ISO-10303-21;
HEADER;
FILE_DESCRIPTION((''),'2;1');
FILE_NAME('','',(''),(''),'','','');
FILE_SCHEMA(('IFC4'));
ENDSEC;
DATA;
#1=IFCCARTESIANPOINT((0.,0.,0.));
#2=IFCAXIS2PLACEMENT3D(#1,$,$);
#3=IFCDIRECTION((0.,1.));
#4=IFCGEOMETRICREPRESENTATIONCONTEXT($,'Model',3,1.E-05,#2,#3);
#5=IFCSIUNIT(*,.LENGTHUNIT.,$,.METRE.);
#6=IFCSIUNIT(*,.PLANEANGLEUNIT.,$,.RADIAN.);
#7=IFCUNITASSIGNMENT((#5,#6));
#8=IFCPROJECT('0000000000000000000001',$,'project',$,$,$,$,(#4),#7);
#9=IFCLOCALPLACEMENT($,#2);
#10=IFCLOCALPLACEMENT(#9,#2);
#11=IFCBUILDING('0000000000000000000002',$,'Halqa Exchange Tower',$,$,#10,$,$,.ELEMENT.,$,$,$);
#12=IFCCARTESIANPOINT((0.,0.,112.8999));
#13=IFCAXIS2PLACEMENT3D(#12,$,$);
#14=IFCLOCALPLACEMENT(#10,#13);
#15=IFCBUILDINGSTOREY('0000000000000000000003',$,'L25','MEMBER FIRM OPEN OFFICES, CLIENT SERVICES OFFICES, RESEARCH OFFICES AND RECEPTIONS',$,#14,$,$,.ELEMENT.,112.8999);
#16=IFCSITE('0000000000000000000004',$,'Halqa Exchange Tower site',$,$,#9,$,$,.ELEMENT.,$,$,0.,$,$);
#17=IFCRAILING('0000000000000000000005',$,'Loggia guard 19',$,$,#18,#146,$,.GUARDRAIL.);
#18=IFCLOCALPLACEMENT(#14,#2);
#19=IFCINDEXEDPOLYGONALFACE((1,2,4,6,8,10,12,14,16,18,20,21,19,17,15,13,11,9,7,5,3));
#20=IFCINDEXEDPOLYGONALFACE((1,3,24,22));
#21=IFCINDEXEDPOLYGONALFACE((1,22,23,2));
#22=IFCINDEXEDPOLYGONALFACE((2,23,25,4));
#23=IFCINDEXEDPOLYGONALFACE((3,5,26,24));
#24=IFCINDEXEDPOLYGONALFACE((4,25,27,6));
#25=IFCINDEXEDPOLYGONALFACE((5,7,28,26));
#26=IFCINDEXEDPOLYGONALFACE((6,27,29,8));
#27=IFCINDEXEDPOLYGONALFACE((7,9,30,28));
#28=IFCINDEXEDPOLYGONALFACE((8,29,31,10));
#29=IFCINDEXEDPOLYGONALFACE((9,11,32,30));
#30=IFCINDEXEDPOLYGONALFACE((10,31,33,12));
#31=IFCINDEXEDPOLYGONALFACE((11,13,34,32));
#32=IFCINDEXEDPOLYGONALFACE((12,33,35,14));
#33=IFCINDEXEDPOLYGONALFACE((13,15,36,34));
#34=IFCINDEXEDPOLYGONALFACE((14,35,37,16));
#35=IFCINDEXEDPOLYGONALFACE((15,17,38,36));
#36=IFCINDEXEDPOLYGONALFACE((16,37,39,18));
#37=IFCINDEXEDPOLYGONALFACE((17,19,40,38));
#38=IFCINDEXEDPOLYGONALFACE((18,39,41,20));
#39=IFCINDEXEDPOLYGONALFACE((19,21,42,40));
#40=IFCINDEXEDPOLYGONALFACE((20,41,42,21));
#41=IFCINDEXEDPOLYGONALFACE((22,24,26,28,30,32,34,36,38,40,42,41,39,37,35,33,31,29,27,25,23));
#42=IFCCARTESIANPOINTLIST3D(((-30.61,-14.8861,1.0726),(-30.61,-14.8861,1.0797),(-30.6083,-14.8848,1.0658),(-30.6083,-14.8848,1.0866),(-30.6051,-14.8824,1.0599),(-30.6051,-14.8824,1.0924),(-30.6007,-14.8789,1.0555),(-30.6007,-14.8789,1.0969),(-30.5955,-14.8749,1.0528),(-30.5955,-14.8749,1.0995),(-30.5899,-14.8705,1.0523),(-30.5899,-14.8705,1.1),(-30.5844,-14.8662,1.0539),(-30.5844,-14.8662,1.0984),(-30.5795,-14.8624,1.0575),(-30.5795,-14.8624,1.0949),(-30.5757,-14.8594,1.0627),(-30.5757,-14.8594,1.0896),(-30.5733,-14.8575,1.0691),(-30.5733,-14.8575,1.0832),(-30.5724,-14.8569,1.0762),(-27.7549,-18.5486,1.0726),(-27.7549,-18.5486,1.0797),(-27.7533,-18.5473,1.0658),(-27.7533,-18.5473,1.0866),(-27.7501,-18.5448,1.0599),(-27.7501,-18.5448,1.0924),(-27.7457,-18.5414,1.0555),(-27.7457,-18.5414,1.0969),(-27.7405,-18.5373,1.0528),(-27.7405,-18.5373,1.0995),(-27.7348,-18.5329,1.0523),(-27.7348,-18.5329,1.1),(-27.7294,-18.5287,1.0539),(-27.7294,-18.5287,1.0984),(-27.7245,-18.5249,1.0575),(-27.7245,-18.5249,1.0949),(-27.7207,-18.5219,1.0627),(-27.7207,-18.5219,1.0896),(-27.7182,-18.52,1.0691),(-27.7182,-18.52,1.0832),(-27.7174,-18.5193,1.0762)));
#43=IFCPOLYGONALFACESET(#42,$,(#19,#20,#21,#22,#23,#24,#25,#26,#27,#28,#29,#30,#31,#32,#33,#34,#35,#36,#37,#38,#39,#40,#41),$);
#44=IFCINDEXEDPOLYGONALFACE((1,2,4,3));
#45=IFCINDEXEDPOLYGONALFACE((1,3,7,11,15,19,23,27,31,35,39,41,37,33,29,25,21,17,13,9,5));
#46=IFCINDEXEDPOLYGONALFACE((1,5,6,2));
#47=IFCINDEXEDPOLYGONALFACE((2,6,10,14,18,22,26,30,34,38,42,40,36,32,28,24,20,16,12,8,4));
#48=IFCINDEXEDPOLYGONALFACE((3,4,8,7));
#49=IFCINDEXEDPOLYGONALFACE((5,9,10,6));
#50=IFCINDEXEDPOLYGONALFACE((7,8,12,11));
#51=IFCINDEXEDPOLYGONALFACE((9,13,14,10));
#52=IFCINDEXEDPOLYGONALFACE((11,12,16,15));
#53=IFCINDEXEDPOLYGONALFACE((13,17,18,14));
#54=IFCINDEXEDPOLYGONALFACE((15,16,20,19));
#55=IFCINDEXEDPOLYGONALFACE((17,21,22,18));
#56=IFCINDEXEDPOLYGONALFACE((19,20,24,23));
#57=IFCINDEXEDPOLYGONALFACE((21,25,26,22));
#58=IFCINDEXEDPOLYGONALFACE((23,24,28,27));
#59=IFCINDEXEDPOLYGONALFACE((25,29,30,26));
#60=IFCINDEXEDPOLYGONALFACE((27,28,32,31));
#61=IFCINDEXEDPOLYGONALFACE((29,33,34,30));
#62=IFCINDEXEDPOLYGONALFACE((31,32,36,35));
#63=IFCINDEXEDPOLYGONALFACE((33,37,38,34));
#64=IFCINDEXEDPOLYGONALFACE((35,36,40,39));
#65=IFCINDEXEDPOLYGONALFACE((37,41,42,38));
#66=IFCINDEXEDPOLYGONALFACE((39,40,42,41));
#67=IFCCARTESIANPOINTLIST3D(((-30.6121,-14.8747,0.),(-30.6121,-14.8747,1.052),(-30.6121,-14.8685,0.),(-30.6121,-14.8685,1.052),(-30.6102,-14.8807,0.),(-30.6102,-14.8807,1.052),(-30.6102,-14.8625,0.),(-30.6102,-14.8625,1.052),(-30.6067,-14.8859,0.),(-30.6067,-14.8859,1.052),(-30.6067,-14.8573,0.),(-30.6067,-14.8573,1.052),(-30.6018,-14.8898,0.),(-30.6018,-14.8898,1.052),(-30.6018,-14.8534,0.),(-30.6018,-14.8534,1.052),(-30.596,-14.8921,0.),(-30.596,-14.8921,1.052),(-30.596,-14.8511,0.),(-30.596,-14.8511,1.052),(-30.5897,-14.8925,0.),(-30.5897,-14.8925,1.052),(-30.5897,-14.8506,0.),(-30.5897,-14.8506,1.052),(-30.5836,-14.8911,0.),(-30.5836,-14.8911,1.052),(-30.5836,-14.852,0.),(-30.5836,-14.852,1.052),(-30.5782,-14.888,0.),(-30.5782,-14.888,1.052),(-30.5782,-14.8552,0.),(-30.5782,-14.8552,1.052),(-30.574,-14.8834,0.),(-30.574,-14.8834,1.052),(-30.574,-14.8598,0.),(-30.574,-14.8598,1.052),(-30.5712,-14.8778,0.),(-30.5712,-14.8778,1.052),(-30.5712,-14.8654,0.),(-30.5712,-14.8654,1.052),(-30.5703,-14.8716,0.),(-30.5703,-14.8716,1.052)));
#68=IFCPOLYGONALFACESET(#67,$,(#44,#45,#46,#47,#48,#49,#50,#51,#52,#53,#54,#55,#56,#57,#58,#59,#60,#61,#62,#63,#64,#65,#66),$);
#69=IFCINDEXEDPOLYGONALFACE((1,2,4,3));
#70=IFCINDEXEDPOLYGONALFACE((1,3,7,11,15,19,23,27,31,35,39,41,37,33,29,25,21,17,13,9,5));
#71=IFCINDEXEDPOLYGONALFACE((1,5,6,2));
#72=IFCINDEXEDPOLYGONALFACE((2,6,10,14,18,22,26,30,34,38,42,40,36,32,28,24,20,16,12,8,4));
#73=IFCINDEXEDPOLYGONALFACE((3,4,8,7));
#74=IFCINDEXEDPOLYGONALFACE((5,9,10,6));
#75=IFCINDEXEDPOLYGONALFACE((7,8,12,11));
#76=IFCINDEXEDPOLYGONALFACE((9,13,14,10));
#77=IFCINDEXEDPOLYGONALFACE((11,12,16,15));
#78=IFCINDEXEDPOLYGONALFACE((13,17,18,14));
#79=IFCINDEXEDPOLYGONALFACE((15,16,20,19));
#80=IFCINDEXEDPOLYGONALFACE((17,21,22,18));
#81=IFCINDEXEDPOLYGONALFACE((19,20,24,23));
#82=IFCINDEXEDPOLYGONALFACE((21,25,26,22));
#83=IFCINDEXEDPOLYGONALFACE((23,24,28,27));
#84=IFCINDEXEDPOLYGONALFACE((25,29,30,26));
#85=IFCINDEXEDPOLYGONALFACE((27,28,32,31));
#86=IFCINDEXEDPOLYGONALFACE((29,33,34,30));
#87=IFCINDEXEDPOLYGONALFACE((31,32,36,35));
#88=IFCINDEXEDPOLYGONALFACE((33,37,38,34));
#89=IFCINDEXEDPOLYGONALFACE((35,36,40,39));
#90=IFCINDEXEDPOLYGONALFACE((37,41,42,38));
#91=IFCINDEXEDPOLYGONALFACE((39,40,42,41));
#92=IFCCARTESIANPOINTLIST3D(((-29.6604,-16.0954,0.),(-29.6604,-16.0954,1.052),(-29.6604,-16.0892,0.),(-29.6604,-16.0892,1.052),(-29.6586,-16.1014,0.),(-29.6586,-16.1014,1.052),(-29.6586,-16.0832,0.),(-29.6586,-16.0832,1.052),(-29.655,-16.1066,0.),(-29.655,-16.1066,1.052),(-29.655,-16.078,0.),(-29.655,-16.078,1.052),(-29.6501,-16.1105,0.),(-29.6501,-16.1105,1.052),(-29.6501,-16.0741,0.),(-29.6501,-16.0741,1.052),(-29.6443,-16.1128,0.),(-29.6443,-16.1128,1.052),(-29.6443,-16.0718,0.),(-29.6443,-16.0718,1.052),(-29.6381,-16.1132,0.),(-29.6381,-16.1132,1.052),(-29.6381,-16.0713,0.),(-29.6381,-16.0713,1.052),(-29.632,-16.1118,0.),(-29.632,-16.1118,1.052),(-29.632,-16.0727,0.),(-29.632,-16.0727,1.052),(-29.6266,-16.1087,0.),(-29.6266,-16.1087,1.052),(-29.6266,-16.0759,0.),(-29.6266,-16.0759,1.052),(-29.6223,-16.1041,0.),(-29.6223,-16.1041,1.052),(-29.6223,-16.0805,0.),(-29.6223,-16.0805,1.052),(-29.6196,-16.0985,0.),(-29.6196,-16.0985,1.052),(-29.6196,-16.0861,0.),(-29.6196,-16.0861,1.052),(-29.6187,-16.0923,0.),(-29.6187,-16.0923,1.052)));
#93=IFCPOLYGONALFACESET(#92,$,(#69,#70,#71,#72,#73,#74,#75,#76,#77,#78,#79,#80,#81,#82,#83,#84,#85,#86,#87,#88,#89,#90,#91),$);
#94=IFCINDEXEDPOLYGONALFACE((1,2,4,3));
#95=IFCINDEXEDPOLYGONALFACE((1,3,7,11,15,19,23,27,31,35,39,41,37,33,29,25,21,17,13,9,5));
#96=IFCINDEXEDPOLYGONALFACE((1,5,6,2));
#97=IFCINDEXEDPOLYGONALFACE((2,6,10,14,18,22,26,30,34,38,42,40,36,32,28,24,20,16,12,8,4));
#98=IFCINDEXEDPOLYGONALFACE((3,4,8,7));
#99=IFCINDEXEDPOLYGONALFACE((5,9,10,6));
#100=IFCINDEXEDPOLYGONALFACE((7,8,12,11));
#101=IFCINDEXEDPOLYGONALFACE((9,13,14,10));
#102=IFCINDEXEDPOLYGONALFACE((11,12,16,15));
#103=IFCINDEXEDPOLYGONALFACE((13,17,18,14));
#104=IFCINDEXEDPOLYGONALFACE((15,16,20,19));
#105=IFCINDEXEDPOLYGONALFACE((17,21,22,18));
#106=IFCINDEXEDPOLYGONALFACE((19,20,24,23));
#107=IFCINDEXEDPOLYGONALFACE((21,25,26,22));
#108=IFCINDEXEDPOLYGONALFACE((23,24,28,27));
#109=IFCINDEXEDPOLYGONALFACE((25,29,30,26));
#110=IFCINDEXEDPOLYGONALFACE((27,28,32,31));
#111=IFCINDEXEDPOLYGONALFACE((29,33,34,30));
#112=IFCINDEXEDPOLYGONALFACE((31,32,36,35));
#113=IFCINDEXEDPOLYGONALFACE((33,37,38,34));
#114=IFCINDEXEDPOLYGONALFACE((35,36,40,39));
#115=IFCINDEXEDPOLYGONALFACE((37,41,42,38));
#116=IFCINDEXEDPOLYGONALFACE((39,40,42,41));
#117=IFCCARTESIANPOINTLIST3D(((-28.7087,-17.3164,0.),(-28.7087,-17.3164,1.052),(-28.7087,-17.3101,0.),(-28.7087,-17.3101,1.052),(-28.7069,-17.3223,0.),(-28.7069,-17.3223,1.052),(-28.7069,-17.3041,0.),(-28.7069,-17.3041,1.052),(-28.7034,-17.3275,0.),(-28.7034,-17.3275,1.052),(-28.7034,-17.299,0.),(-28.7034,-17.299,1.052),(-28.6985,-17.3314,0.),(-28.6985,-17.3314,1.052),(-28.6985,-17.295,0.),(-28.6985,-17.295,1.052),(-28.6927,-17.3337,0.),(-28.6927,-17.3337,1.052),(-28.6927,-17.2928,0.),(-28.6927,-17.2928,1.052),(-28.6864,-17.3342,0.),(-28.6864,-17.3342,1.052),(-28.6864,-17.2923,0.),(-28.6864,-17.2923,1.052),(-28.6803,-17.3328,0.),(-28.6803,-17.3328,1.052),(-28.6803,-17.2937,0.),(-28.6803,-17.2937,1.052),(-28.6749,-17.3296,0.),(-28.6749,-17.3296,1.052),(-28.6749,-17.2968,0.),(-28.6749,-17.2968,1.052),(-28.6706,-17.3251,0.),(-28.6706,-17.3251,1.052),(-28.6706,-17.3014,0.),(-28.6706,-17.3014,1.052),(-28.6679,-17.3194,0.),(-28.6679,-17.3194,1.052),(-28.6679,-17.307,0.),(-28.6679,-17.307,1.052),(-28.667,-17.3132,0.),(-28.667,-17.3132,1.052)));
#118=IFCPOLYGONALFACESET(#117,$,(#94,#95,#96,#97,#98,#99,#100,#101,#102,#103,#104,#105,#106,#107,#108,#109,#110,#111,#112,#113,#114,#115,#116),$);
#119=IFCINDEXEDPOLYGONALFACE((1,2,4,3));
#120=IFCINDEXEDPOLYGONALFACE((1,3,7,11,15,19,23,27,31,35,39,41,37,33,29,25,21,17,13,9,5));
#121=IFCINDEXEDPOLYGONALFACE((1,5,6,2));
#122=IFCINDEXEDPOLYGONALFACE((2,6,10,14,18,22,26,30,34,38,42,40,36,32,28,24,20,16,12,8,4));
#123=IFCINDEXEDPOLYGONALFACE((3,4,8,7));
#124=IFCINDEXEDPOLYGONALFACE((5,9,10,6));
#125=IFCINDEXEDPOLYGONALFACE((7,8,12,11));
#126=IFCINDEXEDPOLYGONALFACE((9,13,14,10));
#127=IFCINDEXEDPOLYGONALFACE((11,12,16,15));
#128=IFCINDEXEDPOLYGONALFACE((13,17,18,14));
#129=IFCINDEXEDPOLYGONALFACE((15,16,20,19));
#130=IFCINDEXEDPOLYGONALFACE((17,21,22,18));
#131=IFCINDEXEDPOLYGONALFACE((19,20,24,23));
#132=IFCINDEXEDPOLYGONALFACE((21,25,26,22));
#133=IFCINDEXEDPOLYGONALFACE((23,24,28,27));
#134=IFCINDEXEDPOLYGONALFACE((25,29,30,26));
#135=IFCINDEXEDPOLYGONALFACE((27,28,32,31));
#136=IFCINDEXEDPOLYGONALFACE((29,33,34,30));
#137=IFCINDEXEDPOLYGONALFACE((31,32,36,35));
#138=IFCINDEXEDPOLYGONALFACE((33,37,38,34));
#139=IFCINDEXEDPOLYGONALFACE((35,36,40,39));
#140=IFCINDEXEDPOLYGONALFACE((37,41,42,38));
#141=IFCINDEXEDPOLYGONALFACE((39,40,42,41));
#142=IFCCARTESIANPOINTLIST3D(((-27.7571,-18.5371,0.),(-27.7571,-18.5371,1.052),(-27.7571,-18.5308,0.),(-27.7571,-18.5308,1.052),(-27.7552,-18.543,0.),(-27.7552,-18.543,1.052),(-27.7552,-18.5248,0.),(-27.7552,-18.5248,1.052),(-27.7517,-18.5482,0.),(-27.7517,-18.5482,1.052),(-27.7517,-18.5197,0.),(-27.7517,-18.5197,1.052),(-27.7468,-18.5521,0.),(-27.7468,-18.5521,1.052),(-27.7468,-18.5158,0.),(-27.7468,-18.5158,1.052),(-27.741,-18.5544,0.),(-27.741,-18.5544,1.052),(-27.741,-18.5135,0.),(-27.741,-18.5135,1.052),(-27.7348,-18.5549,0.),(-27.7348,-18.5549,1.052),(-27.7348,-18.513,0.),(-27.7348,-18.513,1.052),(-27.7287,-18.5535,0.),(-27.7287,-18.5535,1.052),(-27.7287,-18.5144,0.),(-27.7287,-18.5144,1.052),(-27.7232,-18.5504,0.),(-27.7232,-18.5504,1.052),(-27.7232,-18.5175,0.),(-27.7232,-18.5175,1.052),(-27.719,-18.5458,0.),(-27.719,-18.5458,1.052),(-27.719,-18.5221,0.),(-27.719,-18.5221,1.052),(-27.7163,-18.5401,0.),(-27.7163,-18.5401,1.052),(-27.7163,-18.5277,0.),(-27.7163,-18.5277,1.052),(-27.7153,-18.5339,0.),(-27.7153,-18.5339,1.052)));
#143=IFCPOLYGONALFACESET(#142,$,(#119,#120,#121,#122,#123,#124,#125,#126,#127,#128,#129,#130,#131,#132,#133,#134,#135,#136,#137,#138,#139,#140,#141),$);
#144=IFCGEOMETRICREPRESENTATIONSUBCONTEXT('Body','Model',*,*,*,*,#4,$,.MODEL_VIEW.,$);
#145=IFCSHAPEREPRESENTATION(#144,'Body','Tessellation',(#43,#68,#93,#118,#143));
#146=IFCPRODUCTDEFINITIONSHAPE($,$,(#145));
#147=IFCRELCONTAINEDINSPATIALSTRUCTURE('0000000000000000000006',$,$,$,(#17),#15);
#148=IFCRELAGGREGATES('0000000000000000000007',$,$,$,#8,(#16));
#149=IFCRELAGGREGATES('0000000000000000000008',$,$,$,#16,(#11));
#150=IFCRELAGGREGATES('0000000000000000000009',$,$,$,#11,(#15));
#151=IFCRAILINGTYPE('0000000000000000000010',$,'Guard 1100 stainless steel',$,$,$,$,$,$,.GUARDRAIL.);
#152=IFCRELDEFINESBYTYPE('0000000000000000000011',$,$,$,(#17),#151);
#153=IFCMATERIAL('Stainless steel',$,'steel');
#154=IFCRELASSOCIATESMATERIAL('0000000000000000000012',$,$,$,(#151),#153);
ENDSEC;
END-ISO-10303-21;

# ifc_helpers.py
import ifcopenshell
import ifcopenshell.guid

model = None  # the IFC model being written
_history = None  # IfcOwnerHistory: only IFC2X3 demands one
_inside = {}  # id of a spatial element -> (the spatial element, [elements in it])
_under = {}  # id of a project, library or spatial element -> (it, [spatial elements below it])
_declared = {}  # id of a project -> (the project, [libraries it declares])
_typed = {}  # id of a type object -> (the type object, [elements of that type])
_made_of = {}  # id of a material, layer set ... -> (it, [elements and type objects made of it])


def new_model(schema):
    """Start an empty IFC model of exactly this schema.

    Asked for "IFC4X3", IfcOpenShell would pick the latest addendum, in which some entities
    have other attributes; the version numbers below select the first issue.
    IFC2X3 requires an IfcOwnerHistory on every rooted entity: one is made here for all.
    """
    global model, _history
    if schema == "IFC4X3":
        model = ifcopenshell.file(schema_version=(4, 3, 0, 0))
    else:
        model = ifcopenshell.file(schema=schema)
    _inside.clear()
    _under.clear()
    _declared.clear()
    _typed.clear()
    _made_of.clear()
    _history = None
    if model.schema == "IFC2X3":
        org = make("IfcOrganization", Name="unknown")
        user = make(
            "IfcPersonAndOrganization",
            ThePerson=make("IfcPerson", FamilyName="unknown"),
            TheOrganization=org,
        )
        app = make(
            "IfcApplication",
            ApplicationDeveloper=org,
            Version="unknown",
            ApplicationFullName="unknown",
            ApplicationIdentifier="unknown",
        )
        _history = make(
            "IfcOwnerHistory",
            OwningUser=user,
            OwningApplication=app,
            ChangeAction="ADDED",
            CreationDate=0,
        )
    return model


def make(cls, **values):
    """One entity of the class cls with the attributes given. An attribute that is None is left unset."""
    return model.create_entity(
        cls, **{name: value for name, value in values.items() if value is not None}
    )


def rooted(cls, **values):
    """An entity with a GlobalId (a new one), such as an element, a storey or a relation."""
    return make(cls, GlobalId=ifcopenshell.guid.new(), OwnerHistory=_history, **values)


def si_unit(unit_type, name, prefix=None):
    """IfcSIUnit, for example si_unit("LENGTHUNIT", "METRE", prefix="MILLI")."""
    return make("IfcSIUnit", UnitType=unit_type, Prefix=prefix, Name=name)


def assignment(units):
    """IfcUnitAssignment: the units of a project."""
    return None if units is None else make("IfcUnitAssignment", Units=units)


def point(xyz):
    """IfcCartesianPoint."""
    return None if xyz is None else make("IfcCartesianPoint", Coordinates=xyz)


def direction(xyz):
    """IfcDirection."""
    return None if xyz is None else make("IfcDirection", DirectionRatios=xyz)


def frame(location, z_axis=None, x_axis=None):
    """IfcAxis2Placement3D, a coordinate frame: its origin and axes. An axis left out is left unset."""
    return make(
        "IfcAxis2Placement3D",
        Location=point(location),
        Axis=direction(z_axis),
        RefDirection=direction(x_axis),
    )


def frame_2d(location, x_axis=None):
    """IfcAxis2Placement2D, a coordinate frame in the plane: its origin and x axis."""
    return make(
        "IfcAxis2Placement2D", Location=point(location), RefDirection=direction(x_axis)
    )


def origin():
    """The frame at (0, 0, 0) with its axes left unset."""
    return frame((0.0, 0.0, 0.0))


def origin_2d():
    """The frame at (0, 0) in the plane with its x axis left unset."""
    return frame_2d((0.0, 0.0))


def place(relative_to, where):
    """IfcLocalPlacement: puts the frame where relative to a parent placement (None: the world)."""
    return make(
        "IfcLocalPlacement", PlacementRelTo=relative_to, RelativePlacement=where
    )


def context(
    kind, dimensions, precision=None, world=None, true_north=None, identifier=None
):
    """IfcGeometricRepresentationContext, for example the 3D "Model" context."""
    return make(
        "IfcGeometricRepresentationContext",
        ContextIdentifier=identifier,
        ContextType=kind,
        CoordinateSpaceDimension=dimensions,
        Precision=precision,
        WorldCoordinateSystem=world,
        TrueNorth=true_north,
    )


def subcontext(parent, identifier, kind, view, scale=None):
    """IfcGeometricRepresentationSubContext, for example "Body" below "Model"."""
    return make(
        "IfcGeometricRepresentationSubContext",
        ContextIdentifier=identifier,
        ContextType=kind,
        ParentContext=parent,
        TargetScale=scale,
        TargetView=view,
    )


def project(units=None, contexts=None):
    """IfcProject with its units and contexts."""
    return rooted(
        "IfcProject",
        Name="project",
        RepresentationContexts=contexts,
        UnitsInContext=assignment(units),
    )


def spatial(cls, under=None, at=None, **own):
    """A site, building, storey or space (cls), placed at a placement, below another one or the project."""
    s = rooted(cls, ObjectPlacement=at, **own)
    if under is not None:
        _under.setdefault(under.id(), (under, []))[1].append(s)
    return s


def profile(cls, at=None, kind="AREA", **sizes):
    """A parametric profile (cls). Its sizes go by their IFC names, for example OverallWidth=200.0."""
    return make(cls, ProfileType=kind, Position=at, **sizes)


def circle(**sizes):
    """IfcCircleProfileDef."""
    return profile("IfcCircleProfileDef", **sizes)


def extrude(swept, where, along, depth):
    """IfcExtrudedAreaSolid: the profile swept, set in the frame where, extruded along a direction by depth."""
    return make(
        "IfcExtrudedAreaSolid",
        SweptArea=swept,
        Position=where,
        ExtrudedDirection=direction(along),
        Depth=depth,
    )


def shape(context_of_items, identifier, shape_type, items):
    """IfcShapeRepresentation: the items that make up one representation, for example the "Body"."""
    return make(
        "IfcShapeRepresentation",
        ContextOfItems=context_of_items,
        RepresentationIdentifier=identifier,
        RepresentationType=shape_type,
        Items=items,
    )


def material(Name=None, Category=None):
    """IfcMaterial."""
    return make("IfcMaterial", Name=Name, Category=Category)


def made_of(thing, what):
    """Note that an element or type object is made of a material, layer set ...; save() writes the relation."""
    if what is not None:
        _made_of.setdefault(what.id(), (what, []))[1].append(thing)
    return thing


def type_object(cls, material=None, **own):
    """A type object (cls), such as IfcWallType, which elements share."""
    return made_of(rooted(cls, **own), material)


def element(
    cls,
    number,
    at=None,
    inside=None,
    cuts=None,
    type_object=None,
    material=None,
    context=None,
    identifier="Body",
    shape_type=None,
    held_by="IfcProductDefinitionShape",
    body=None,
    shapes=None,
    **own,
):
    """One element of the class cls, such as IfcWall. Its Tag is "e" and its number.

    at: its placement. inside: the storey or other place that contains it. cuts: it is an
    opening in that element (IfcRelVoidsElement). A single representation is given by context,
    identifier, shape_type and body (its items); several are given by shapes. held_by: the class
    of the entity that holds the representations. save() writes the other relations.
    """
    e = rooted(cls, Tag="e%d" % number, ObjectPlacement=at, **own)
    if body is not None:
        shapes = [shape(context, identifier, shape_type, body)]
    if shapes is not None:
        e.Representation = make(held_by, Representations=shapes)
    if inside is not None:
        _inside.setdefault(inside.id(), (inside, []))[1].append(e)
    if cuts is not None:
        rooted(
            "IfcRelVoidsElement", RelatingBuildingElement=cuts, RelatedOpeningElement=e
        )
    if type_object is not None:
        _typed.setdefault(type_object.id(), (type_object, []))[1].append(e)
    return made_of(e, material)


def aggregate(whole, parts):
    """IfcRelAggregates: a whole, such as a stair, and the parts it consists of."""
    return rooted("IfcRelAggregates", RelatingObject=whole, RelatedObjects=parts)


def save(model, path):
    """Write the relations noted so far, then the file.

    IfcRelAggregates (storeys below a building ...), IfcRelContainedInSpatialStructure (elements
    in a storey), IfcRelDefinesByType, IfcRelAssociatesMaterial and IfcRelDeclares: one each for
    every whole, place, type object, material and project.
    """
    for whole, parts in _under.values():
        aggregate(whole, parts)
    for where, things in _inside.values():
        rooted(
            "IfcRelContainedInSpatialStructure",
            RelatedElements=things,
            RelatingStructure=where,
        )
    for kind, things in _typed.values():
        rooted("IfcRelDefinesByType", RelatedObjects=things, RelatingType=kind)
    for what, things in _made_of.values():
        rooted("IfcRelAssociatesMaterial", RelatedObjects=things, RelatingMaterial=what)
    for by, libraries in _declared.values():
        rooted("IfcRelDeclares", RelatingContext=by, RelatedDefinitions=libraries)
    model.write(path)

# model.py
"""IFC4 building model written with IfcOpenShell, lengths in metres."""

from ifc_helpers import new_model, si_unit, direction, frame, origin, origin_2d, place, context, subcontext, project, spatial, circle, extrude, material, type_object, element, save


model = new_model("IFC4")

# Units and contexts
model_context = context("Model", 3, precision=1e-05, world=origin(), true_north=direction((0.0, 1.0)))
body_context = subcontext(model_context, "Body", "Model", "MODEL_VIEW")
ifc_project = project(units=[si_unit("LENGTHUNIT", "METRE"), si_unit("PLANEANGLEUNIT", "RADIAN")], contexts=[model_context])

# Site, building, storey
site_placement = place(None, origin())
site = spatial("IfcSite", under=ifc_project, at=site_placement, Name="Halqa Exchange Tower site", CompositionType="ELEMENT", RefElevation=0.0)
building_placement = place(site_placement, origin())
building = spatial("IfcBuilding", under=site, at=building_placement, Name="Halqa Exchange Tower", CompositionType="ELEMENT")
storey_placement = place(building_placement, frame((0.0, 0.0, 112.8999)))
storey = spatial("IfcBuildingStorey", under=building, at=storey_placement, Name="L25", Description="MEMBER FIRM OPEN OFFICES, CLIENT SERVICES OFFICES, RESEARCH OFFICES AND RECEPTIONS", CompositionType="ELEMENT", Elevation=112.8999)

# Railing
ifc_material_1 = material(Name="Stainless steel", Category="steel")
railing_type = type_object("IfcRailingType", Name="Guard 1100 stainless steel", PredefinedType="GUARDRAIL", material=ifc_material_1)
railing_1_placement = place(storey_placement, frame((-30.5913, -14.8716, 0.0)))
element("IfcRailing", 1, at=railing_1_placement, inside=storey, type_object=railing_type, Name="Loggia guard 19", PredefinedType="GUARDRAIL", context=body_context, shape_type="SweptSolid", body=[
    extrude(circle(Radius=0.0239, at=origin_2d()), frame((0.0, 0.0, 1.0762), z_axis=(0.61481, -0.788675, 0.0), x_axis=(0.788675, 0.61481, 0.0)), (0.0, 0.0, 1.0), 4.6438),
    extrude(circle(Radius=0.021, at=origin_2d()), origin(), (0.0, 0.0, 1.0), 1.052),
    extrude(circle(Radius=0.021, at=origin_2d()), frame((0.9517, -1.2207, 0.0)), (0.0, 0.0, 1.0), 1.052),
    extrude(circle(Radius=0.021, at=origin_2d()), frame((1.9033, -2.4417, 0.0)), (0.0, 0.0, 1.0), 1.052),
    extrude(circle(Radius=0.021, at=origin_2d()), frame((2.855, -3.6624, 0.0)), (0.0, 0.0, 1.0), 1.052),
])

save(model, "model.ifc")
